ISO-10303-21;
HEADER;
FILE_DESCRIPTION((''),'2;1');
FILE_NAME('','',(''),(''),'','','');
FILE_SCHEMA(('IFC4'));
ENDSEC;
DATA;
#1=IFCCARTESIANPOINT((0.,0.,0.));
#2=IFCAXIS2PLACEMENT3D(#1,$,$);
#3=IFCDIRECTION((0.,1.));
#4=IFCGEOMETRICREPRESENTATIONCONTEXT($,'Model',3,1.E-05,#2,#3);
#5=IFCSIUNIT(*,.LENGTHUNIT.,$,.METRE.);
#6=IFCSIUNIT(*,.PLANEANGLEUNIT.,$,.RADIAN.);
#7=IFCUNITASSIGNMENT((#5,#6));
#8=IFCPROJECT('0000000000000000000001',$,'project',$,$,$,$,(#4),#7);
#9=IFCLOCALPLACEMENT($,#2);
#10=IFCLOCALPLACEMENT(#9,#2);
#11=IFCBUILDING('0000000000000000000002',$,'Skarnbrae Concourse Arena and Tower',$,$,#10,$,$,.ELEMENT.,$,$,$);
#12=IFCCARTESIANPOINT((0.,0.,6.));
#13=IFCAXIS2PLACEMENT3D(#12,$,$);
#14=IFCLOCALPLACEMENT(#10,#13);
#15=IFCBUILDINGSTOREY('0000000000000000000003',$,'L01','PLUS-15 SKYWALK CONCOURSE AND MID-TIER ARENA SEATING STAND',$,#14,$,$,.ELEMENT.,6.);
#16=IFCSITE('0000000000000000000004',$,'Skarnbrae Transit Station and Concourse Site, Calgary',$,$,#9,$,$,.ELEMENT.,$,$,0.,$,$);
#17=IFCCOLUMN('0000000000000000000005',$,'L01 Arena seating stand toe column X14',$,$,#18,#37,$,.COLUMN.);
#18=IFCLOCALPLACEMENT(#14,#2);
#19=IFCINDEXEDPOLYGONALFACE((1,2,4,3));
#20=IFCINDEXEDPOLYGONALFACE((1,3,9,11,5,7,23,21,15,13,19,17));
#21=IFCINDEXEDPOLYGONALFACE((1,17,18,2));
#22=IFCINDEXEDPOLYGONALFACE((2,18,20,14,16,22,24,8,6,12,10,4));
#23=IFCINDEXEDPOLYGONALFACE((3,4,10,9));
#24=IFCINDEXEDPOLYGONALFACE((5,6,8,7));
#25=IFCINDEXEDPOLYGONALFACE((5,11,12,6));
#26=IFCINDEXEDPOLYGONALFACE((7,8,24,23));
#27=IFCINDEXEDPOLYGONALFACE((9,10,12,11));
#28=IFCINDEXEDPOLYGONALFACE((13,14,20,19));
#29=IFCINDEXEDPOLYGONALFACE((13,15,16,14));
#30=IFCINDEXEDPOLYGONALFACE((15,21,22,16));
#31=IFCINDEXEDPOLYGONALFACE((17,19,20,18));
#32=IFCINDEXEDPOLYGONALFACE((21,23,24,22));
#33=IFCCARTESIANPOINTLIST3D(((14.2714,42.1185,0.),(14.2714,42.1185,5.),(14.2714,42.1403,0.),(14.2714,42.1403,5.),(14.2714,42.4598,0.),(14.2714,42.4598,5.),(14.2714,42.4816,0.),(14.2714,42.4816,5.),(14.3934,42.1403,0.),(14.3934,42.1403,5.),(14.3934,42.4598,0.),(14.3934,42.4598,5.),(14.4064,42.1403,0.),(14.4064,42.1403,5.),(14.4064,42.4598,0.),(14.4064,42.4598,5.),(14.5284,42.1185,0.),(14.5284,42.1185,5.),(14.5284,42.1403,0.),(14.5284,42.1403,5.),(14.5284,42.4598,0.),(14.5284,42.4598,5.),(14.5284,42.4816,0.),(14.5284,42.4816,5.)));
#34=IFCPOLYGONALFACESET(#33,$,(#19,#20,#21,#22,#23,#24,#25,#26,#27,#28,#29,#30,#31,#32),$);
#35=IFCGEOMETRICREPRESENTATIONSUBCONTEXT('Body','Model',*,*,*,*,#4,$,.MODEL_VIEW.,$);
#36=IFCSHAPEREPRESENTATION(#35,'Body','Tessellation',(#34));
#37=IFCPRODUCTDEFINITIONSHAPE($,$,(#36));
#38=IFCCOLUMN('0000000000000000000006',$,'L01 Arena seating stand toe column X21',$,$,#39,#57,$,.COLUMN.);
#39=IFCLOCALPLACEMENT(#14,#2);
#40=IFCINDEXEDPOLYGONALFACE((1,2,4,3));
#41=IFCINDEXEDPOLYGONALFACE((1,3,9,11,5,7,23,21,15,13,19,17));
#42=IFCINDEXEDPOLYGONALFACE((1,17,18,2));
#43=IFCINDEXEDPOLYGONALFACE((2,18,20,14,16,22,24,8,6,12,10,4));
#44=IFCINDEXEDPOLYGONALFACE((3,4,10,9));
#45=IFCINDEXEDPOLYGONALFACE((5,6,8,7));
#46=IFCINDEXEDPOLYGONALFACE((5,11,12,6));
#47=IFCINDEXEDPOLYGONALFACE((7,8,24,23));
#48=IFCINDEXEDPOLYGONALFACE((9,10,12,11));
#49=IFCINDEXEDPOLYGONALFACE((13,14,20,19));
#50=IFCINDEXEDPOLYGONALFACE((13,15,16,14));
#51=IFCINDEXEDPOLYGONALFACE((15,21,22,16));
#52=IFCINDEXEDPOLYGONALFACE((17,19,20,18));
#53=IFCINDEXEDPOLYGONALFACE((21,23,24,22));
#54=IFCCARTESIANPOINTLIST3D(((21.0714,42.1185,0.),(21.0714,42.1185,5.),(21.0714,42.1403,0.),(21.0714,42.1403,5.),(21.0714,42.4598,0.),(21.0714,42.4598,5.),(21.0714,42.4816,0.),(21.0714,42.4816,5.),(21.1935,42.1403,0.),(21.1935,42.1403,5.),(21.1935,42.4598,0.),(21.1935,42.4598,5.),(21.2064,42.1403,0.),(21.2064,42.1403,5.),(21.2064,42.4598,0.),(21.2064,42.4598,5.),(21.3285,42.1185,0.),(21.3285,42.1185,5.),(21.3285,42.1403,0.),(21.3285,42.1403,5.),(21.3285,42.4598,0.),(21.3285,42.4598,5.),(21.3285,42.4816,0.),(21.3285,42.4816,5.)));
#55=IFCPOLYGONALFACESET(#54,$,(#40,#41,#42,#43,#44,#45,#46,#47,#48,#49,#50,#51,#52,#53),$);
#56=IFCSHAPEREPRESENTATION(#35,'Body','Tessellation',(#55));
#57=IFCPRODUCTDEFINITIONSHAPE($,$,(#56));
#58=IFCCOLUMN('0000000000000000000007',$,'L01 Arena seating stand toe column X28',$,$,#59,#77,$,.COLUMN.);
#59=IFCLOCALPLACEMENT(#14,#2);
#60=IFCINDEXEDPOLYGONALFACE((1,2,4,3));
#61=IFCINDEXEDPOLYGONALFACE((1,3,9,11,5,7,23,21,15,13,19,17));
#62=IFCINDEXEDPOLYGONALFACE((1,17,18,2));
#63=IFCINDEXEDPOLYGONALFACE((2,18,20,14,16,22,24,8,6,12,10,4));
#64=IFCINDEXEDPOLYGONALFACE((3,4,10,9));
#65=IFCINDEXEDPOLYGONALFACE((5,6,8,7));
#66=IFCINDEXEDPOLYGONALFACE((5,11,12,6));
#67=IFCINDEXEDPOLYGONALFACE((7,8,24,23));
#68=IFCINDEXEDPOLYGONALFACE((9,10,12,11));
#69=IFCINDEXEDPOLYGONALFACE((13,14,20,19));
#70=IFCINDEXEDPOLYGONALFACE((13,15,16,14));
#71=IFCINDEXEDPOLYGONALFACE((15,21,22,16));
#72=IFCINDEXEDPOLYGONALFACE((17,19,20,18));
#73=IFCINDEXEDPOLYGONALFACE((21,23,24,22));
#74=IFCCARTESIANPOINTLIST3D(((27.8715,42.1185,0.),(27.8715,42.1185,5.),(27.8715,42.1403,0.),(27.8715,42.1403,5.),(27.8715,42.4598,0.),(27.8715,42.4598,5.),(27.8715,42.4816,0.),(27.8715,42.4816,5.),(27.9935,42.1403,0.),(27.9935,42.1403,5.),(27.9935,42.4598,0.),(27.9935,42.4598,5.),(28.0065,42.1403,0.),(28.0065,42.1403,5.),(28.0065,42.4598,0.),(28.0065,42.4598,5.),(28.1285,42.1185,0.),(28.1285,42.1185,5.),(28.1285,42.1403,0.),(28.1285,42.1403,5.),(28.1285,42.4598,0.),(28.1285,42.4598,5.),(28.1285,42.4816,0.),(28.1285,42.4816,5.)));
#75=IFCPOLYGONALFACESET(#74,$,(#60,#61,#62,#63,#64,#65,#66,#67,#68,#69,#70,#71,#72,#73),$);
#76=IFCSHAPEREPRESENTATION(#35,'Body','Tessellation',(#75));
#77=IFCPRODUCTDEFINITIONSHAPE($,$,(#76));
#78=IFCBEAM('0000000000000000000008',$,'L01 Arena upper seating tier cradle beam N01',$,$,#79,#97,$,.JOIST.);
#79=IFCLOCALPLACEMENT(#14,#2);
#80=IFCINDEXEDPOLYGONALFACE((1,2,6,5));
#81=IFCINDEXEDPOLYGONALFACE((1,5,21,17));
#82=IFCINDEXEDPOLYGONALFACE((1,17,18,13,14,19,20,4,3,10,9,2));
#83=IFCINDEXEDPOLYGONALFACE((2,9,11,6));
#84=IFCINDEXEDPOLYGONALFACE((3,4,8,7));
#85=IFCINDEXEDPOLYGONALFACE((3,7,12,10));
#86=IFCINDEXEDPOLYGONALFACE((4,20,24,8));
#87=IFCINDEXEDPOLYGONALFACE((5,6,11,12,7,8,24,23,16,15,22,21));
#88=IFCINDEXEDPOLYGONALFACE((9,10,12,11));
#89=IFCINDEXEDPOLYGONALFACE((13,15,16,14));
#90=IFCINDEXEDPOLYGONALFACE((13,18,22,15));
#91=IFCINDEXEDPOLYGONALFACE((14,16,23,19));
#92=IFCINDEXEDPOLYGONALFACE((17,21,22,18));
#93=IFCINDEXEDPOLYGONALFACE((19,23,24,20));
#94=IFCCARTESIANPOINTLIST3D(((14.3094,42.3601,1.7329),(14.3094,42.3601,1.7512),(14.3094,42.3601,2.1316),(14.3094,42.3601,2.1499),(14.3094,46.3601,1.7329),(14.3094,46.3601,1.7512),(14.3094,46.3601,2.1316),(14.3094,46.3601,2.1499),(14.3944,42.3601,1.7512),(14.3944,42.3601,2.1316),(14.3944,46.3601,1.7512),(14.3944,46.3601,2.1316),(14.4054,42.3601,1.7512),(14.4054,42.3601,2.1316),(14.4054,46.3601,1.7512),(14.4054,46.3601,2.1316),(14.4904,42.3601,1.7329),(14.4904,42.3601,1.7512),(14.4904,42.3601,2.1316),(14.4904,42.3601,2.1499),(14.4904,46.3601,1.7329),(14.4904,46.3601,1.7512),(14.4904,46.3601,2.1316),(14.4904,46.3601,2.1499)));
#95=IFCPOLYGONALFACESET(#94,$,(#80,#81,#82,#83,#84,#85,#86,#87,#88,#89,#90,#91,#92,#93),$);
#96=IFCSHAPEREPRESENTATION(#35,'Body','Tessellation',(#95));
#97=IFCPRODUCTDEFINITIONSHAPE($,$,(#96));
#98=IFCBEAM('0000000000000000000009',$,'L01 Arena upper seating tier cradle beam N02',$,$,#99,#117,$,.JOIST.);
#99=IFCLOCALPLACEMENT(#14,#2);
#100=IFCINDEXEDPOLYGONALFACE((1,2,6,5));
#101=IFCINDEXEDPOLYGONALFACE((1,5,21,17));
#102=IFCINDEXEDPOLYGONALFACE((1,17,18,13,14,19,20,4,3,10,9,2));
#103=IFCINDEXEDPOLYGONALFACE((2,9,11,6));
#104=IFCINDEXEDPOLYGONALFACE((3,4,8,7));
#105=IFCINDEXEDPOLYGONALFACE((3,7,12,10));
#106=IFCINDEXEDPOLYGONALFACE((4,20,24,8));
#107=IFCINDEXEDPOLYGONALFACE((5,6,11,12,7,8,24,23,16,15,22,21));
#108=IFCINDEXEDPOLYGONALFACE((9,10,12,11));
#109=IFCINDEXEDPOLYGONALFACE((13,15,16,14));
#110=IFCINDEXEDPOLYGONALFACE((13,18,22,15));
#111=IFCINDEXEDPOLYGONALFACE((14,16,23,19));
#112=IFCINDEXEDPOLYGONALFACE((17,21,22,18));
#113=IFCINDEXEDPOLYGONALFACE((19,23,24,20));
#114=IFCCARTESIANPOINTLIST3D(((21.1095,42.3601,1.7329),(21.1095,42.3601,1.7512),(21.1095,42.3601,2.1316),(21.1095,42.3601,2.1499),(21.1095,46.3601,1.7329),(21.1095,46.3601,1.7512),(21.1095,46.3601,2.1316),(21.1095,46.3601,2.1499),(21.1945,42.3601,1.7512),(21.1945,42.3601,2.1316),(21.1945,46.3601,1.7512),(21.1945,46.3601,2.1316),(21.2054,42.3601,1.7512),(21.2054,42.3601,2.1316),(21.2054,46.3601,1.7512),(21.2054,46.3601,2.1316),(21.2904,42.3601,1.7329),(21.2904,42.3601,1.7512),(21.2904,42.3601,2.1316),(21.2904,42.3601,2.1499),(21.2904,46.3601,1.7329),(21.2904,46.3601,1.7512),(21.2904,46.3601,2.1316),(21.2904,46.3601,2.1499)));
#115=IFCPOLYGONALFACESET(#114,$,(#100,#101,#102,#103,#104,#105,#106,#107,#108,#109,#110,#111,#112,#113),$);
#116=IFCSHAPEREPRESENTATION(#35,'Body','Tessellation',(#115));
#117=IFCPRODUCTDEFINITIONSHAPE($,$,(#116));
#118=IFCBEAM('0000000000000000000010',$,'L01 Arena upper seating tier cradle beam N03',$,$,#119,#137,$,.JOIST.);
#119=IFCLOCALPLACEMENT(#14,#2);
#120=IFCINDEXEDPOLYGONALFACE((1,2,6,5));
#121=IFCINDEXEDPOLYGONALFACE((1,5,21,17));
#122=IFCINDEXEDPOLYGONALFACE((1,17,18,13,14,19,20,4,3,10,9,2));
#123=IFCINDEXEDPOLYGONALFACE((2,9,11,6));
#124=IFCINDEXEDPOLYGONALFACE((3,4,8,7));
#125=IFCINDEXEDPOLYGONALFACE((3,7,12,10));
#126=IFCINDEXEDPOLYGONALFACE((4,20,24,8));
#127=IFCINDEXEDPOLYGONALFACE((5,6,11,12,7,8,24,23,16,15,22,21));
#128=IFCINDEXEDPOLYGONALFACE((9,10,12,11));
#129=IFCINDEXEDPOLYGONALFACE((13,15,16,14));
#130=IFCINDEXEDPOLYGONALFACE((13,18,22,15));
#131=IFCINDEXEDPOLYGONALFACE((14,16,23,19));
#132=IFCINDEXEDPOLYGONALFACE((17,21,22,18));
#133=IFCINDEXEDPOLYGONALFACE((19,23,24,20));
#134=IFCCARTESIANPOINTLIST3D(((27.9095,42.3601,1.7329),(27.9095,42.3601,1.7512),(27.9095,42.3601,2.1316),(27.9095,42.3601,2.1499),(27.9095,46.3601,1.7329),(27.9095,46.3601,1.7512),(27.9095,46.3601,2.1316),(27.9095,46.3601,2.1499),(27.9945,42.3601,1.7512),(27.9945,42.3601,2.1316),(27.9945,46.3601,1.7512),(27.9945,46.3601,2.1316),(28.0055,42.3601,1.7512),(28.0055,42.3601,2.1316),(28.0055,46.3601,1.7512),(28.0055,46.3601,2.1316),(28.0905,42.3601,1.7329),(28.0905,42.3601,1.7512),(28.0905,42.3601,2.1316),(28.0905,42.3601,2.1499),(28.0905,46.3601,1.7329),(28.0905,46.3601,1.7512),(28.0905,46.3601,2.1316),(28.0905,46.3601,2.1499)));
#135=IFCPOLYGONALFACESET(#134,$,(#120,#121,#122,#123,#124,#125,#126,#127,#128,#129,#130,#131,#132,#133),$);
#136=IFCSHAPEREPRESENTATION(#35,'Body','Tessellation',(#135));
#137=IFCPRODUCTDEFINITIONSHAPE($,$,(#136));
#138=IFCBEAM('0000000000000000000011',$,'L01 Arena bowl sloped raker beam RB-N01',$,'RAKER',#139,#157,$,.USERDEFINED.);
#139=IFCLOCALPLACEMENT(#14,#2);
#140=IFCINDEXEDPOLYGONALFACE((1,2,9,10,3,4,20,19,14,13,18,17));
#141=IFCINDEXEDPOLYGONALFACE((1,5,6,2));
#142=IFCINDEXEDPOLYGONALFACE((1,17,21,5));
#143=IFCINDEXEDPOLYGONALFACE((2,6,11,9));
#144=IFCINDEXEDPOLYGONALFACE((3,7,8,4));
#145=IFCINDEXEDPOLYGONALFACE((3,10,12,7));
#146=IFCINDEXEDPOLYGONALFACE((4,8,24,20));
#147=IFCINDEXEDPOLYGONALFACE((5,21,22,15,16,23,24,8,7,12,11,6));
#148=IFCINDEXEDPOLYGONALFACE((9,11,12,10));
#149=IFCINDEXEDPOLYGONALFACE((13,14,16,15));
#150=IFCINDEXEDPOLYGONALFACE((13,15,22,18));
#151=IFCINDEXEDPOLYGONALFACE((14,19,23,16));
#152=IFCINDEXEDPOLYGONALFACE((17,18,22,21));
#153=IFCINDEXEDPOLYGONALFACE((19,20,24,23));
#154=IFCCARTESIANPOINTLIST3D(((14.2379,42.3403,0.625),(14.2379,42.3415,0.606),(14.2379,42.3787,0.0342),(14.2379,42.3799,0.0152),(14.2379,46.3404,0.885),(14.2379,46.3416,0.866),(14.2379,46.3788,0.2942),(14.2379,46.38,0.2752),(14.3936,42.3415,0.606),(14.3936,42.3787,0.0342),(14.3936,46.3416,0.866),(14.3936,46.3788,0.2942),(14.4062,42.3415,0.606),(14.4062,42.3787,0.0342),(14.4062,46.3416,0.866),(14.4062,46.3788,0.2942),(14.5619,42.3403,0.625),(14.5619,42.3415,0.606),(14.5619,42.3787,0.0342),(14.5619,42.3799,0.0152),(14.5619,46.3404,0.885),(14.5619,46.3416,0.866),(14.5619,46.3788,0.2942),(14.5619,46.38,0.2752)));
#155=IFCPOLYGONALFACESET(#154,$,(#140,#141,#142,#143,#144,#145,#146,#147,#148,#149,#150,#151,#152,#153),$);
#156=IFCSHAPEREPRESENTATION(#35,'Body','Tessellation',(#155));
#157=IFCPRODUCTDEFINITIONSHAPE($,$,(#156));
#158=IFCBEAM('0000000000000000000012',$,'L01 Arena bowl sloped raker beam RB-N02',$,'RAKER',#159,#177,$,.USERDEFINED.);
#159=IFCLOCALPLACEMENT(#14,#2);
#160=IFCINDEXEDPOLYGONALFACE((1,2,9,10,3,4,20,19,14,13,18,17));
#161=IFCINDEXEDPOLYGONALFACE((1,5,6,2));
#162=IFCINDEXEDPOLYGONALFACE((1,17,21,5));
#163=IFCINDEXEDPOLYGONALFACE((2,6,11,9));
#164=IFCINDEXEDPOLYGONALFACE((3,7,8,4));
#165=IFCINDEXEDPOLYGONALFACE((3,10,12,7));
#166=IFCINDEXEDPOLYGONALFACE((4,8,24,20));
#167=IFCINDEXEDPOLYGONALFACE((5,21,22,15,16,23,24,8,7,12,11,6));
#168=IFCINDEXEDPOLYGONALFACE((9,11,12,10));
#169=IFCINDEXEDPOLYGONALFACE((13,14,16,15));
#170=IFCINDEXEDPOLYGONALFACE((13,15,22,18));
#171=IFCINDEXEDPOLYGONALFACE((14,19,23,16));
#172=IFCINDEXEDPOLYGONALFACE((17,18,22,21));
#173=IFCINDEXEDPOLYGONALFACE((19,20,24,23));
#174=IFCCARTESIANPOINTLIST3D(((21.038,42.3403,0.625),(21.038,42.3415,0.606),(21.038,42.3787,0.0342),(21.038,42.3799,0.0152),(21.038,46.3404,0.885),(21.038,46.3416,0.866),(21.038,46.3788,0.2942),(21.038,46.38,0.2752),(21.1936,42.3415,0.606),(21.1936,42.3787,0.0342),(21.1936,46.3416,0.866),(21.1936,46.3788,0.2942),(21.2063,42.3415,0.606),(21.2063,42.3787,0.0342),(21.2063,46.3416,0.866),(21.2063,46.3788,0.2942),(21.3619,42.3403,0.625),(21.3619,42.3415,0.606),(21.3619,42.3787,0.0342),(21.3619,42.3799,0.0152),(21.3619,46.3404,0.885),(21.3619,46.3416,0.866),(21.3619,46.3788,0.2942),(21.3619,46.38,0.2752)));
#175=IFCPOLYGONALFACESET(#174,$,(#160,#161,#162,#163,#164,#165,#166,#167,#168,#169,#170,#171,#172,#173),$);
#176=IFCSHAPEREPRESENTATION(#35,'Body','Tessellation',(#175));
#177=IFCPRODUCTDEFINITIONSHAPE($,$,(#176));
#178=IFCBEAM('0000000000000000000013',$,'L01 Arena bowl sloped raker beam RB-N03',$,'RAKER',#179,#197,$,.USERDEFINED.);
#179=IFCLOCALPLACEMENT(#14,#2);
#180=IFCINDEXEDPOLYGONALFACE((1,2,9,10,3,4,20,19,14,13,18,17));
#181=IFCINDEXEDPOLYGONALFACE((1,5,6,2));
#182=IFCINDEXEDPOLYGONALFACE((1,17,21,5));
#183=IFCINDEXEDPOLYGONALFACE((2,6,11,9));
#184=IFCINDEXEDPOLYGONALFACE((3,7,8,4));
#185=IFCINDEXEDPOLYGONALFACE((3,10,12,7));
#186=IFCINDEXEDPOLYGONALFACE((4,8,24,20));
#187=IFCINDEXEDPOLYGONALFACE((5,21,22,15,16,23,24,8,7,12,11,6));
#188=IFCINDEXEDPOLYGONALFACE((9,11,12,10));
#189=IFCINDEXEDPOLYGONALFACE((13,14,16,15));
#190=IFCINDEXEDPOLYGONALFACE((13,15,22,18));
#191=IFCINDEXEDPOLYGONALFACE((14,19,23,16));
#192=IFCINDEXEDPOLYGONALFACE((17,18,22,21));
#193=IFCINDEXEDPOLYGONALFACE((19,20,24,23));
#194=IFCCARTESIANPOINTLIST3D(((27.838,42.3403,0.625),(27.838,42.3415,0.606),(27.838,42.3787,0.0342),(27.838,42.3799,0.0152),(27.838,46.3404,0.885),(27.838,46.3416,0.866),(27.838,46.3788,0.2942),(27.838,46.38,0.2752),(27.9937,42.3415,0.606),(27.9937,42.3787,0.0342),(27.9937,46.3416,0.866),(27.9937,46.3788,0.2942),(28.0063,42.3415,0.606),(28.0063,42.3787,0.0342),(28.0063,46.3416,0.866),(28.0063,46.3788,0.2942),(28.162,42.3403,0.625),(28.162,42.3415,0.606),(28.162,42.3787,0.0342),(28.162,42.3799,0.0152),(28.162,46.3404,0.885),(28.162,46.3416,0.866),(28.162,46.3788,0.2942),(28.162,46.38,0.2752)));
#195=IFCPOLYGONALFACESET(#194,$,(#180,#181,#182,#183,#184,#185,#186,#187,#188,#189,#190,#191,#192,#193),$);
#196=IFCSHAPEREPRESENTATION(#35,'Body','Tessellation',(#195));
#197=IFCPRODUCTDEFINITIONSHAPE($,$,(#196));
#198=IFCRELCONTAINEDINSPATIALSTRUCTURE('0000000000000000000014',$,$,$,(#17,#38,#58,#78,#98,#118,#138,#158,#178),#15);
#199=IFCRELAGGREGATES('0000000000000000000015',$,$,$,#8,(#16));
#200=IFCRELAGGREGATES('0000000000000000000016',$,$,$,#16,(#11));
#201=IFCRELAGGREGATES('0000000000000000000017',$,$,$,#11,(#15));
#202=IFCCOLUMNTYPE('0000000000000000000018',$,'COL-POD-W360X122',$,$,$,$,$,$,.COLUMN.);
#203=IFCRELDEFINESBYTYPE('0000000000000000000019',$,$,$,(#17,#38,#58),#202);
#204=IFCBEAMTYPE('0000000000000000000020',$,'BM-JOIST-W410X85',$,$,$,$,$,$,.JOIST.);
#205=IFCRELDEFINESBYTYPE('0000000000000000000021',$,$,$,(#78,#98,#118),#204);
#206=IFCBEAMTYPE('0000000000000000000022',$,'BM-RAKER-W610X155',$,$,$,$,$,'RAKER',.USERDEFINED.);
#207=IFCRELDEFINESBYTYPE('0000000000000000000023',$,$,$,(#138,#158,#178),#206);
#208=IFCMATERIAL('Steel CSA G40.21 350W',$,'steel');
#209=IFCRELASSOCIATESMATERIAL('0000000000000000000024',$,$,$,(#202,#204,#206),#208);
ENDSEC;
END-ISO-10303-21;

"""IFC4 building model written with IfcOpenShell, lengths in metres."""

from ifc_helpers import new_model, si_unit, direction, frame, origin, origin_2d, place, context, subcontext, project, spatial, i_section, extrude, source, transform, mapped, material, material_profile, profile_set, type_object, element, save


model = new_model("IFC4")

# Units and contexts
model_context = context("Model", 3, precision=1e-05, world=origin(), true_north=direction((0.0, 1.0)))
body_context = subcontext(model_context, "Body", "Model", "MODEL_VIEW")
ifc_project = project(units=[si_unit("LENGTHUNIT", "METRE"), si_unit("PLANEANGLEUNIT", "RADIAN")], contexts=[model_context])

# Site, building, storey
site_placement = place(None, origin())
site = spatial("IfcSite", under=ifc_project, at=site_placement, Name="Skarnbrae Transit Station and Concourse Site, Calgary", CompositionType="ELEMENT", RefElevation=0.0)
building_placement = place(site_placement, origin())
building = spatial("IfcBuilding", under=site, at=building_placement, Name="Skarnbrae Concourse Arena and Tower", CompositionType="ELEMENT")
storey_placement = place(building_placement, frame((0.0, 0.0, 6.0)))
storey = spatial("IfcBuildingStorey", under=building, at=storey_placement, Name="L01", Description="PLUS-15 SKYWALK CONCOURSE AND MID-TIER ARENA SEATING STAND", CompositionType="ELEMENT", Elevation=6.0)

# Columns
ifc_material_1 = material(Name="Steel CSA G40.21 350W", Category="steel")
ifc_material_profile_1 = material_profile(ifc_material_1, i_section(OverallWidth=0.2571, OverallDepth=0.363, WebThickness=0.0129, FlangeThickness=0.0217, at=origin_2d()), Name="W360X122")
ifc_profile_set_1 = profile_set([ifc_material_profile_1], Name="Steel CSA G40.21 350W")
column_type = type_object("IfcColumnType", Name="COL-POD-W360X122", PredefinedType="COLUMN", material=ifc_profile_set_1)
shared_shape_1 = source(origin(), body_context, "Body", "SweptSolid", [
    extrude(i_section(OverallWidth=0.2571, OverallDepth=0.363, WebThickness=0.0129, FlangeThickness=0.0217, at=origin_2d()), origin(), (0.0, 0.0, 1.0), 5.0),
])
for number, where, z_axis, x_axis, name in (
    (1, (14.3999, 42.3, 0.0), (0.0, 0.0, 1.0), (1.0, 0.0, 0.0), "L01 Arena seating stand toe column X14"),
    (2, (21.2, 42.3, 0.0), (0.0, 0.0, 1.0), (1.0, 0.0, 0.0), "L01 Arena seating stand toe column X21"),
    (3, (28.0, 42.3, 0.0), (0.0, 0.0, 1.0), (1.0, 0.0, 0.0), "L01 Arena seating stand toe column X28"),
):
    element("IfcColumn", number, at=place(storey_placement, frame(where, z_axis=z_axis, x_axis=x_axis)), inside=storey, type_object=column_type, Name=name, PredefinedType="COLUMN", context=body_context, shape_type="MappedRepresentation", body=[
        mapped(shared_shape_1, transform((0.0, 0.0, 0.0))),
    ])

# Beams
ifc_material_profile_2 = material_profile(ifc_material_1, i_section(OverallWidth=0.1809, OverallDepth=0.417, WebThickness=0.011, FlangeThickness=0.0183, at=origin_2d()), Name="W410X85")
ifc_profile_set_2 = profile_set([ifc_material_profile_2], Name="Steel CSA G40.21 350W")
beam_type_1 = type_object("IfcBeamType", Name="BM-JOIST-W410X85", PredefinedType="JOIST", material=ifc_profile_set_2)
shared_shape_2 = source(origin(), body_context, "Body", "SweptSolid", [
    extrude(i_section(OverallWidth=0.1809, OverallDepth=0.417, WebThickness=0.011, FlangeThickness=0.0183, at=origin_2d()), origin(), (0.0, 0.0, 1.0), 4.0),
])
for number, where, z_axis, x_axis, name in (
    (4, (14.3999, 42.3601, 1.9414), (0.0, 1.0, 0.0), (-1.0, 0.0, 0.0), "L01 Arena upper seating tier cradle beam N01"),
    (5, (21.2, 42.3601, 1.9414), (0.0, 1.0, 0.0), (-1.0, 0.0, 0.0), "L01 Arena upper seating tier cradle beam N02"),
    (6, (28.0, 42.3601, 1.9414), (0.0, 1.0, 0.0), (-1.0, 0.0, 0.0), "L01 Arena upper seating tier cradle beam N03"),
):
    element("IfcBeam", number, at=place(storey_placement, frame(where, z_axis=z_axis, x_axis=x_axis)), inside=storey, type_object=beam_type_1, Name=name, PredefinedType="JOIST", context=body_context, shape_type="MappedRepresentation", body=[
        mapped(shared_shape_2, transform((0.0, 0.0, 0.0))),
    ])
ifc_material_profile_3 = material_profile(ifc_material_1, i_section(OverallWidth=0.324, OverallDepth=0.6111, WebThickness=0.0127, FlangeThickness=0.019, at=origin_2d()), Name="W610X155")
ifc_profile_set_3 = profile_set([ifc_material_profile_3], Name="Steel CSA G40.21 350W")
beam_type_2 = type_object("IfcBeamType", Name="BM-RAKER-W610X155", ElementType="RAKER", PredefinedType="USERDEFINED", material=ifc_profile_set_3)
shared_shape_3 = source(origin(), body_context, "Body", "SweptSolid", [
    extrude(i_section(OverallWidth=0.324, OverallDepth=0.6111, WebThickness=0.0127, FlangeThickness=0.019, at=origin_2d()), origin(), (0.0, 0.0, 1.0), 4.0085),
])
for number, where, z_axis, x_axis, name in (
    (7, (14.3999, 42.3601, 0.3201), (0.0, 0.997894, 0.064866), (-1.0, 0.0, 0.0), "L01 Arena bowl sloped raker beam RB-N01"),
    (8, (21.2, 42.3601, 0.3201), (0.0, 0.997894, 0.064866), (-1.0, 0.0, 0.0), "L01 Arena bowl sloped raker beam RB-N02"),
    (9, (28.0, 42.3601, 0.3201), (0.0, 0.997894, 0.064866), (-1.0, 0.0, 0.0), "L01 Arena bowl sloped raker beam RB-N03"),
):
    element("IfcBeam", number, at=place(storey_placement, frame(where, z_axis=z_axis, x_axis=x_axis)), inside=storey, type_object=beam_type_2, Name=name, ObjectType="RAKER", PredefinedType="USERDEFINED", context=body_context, shape_type="MappedRepresentation", body=[
        mapped(shared_shape_3, transform((0.0, 0.0, 0.0))),
    ])

save(model, "model.ifc")
